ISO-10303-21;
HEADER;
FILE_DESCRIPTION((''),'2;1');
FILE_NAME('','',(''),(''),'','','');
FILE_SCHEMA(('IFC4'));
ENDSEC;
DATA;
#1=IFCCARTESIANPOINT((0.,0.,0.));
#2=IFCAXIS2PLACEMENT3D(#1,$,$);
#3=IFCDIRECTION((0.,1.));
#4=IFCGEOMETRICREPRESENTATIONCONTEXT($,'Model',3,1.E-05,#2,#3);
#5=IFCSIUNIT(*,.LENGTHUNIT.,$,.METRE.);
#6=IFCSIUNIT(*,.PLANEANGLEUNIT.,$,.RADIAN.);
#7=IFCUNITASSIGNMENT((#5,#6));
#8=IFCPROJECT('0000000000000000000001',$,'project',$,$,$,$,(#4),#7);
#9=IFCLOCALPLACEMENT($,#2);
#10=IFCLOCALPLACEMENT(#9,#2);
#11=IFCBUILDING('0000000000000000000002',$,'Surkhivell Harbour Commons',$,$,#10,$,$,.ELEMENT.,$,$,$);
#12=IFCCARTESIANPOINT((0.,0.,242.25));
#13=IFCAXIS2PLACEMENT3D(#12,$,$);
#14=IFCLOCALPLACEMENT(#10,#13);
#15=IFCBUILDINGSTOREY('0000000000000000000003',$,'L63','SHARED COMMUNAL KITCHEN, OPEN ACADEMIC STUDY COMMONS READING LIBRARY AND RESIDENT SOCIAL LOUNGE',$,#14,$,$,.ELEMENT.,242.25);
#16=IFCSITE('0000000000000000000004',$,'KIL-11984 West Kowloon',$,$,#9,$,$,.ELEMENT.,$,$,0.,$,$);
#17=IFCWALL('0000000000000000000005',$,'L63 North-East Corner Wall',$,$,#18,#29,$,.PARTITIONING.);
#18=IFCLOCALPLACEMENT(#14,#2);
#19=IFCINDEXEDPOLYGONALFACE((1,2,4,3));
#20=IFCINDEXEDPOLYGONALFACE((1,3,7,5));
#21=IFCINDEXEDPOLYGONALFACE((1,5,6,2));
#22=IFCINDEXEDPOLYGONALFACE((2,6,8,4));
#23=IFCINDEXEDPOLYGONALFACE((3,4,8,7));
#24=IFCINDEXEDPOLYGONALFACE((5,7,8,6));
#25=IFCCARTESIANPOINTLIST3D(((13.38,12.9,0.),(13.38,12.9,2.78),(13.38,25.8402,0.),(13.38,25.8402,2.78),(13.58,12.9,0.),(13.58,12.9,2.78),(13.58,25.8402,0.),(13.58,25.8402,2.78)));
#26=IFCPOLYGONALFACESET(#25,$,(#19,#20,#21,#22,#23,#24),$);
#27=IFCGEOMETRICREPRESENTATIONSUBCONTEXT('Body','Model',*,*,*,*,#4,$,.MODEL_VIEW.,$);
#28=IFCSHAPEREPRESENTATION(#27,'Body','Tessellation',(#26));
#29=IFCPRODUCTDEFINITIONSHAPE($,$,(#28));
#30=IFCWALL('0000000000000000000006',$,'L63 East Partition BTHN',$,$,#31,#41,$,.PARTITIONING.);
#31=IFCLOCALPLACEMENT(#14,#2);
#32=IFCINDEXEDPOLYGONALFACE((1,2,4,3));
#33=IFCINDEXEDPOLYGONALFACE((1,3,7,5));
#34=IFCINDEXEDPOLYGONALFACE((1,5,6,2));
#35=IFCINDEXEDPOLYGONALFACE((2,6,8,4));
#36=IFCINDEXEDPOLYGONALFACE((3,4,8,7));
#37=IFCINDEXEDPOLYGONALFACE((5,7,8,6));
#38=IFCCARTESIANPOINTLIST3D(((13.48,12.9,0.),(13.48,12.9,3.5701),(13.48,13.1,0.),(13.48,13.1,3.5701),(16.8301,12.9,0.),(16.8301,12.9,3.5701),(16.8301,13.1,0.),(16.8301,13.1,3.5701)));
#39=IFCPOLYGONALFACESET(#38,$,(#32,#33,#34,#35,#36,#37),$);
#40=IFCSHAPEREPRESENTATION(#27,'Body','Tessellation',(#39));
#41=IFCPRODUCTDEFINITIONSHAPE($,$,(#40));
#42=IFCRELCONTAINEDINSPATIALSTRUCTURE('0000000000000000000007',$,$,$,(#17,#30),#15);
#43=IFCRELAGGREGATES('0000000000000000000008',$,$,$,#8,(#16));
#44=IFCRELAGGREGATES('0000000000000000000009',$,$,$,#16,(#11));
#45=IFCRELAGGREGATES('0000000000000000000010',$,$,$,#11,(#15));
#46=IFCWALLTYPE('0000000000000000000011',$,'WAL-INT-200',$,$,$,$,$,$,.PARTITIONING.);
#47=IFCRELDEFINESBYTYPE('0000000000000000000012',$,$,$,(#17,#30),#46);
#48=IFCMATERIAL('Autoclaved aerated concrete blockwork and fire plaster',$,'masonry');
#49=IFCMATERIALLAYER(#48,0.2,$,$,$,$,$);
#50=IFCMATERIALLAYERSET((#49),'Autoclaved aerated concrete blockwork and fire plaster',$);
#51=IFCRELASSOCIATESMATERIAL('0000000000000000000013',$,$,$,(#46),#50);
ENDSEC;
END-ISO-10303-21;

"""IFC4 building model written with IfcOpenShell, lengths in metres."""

from ifc_helpers import new_model, si_unit, direction, frame, frame_2d, origin, place, context, subcontext, project, spatial, rectangle, extrude, material, layer, layer_set, type_object, element, save


model = new_model("IFC4")

# Units and contexts
model_context = context("Model", 3, precision=1e-05, world=origin(), true_north=direction((0.0, 1.0)))
body_context = subcontext(model_context, "Body", "Model", "MODEL_VIEW")
ifc_project = project(units=[si_unit("LENGTHUNIT", "METRE"), si_unit("PLANEANGLEUNIT", "RADIAN")], contexts=[model_context])

# Site, building, storey
site_placement = place(None, origin())
site = spatial("IfcSite", under=ifc_project, at=site_placement, Name="KIL-11984 West Kowloon", CompositionType="ELEMENT", RefElevation=0.0)
building_placement = place(site_placement, origin())
building = spatial("IfcBuilding", under=site, at=building_placement, Name="Surkhivell Harbour Commons", CompositionType="ELEMENT")
storey_placement = place(building_placement, frame((0.0, 0.0, 242.25)))
storey = spatial("IfcBuildingStorey", under=building, at=storey_placement, Name="L63", Description="SHARED COMMUNAL KITCHEN, OPEN ACADEMIC STUDY COMMONS READING LIBRARY AND RESIDENT SOCIAL LOUNGE", CompositionType="ELEMENT", Elevation=242.25)

# Walls
ifc_material_1 = material(Name="Autoclaved aerated concrete blockwork and fire plaster", Category="masonry")
ifc_layer_1 = layer(ifc_material_1, 0.2)
ifc_layer_set_1 = layer_set([ifc_layer_1], Name="Autoclaved aerated concrete blockwork and fire plaster")
wall_type_1 = type_object("IfcWallType", Name="WAL-INT-200", PredefinedType="PARTITIONING", material=ifc_layer_set_1)
wall_1_placement = place(storey_placement, frame((13.48, 12.8999, 0.0), z_axis=(0.0, 0.0, 1.0), x_axis=(0.0, 1.0, 0.0)))
element("IfcWall", 1, at=wall_1_placement, inside=storey, type_object=wall_type_1, Name="L63 North-East Corner Wall", PredefinedType="PARTITIONING", context=body_context, shape_type="SweptSolid", body=[
    extrude(rectangle(XDim=12.9402, YDim=0.2, at=frame_2d((6.4702, 0.0))), origin(), (0.0, 0.0, 1.0), 2.78),
])
wall_2_placement = place(storey_placement, frame((13.48, 13.0, 0.0), z_axis=(0.0, 0.0, 1.0), x_axis=(1.0, 0.0, 0.0)))
element("IfcWall", 2, at=wall_2_placement, inside=storey, type_object=wall_type_1, Name="L63 East Partition BTHN", PredefinedType="PARTITIONING", context=body_context, shape_type="SweptSolid", body=[
    extrude(rectangle(XDim=3.3501, YDim=0.2, at=frame_2d((1.675, 0.0))), origin(), (0.0, 0.0, 1.0), 3.5701),
])

save(model, "model.ifc")
